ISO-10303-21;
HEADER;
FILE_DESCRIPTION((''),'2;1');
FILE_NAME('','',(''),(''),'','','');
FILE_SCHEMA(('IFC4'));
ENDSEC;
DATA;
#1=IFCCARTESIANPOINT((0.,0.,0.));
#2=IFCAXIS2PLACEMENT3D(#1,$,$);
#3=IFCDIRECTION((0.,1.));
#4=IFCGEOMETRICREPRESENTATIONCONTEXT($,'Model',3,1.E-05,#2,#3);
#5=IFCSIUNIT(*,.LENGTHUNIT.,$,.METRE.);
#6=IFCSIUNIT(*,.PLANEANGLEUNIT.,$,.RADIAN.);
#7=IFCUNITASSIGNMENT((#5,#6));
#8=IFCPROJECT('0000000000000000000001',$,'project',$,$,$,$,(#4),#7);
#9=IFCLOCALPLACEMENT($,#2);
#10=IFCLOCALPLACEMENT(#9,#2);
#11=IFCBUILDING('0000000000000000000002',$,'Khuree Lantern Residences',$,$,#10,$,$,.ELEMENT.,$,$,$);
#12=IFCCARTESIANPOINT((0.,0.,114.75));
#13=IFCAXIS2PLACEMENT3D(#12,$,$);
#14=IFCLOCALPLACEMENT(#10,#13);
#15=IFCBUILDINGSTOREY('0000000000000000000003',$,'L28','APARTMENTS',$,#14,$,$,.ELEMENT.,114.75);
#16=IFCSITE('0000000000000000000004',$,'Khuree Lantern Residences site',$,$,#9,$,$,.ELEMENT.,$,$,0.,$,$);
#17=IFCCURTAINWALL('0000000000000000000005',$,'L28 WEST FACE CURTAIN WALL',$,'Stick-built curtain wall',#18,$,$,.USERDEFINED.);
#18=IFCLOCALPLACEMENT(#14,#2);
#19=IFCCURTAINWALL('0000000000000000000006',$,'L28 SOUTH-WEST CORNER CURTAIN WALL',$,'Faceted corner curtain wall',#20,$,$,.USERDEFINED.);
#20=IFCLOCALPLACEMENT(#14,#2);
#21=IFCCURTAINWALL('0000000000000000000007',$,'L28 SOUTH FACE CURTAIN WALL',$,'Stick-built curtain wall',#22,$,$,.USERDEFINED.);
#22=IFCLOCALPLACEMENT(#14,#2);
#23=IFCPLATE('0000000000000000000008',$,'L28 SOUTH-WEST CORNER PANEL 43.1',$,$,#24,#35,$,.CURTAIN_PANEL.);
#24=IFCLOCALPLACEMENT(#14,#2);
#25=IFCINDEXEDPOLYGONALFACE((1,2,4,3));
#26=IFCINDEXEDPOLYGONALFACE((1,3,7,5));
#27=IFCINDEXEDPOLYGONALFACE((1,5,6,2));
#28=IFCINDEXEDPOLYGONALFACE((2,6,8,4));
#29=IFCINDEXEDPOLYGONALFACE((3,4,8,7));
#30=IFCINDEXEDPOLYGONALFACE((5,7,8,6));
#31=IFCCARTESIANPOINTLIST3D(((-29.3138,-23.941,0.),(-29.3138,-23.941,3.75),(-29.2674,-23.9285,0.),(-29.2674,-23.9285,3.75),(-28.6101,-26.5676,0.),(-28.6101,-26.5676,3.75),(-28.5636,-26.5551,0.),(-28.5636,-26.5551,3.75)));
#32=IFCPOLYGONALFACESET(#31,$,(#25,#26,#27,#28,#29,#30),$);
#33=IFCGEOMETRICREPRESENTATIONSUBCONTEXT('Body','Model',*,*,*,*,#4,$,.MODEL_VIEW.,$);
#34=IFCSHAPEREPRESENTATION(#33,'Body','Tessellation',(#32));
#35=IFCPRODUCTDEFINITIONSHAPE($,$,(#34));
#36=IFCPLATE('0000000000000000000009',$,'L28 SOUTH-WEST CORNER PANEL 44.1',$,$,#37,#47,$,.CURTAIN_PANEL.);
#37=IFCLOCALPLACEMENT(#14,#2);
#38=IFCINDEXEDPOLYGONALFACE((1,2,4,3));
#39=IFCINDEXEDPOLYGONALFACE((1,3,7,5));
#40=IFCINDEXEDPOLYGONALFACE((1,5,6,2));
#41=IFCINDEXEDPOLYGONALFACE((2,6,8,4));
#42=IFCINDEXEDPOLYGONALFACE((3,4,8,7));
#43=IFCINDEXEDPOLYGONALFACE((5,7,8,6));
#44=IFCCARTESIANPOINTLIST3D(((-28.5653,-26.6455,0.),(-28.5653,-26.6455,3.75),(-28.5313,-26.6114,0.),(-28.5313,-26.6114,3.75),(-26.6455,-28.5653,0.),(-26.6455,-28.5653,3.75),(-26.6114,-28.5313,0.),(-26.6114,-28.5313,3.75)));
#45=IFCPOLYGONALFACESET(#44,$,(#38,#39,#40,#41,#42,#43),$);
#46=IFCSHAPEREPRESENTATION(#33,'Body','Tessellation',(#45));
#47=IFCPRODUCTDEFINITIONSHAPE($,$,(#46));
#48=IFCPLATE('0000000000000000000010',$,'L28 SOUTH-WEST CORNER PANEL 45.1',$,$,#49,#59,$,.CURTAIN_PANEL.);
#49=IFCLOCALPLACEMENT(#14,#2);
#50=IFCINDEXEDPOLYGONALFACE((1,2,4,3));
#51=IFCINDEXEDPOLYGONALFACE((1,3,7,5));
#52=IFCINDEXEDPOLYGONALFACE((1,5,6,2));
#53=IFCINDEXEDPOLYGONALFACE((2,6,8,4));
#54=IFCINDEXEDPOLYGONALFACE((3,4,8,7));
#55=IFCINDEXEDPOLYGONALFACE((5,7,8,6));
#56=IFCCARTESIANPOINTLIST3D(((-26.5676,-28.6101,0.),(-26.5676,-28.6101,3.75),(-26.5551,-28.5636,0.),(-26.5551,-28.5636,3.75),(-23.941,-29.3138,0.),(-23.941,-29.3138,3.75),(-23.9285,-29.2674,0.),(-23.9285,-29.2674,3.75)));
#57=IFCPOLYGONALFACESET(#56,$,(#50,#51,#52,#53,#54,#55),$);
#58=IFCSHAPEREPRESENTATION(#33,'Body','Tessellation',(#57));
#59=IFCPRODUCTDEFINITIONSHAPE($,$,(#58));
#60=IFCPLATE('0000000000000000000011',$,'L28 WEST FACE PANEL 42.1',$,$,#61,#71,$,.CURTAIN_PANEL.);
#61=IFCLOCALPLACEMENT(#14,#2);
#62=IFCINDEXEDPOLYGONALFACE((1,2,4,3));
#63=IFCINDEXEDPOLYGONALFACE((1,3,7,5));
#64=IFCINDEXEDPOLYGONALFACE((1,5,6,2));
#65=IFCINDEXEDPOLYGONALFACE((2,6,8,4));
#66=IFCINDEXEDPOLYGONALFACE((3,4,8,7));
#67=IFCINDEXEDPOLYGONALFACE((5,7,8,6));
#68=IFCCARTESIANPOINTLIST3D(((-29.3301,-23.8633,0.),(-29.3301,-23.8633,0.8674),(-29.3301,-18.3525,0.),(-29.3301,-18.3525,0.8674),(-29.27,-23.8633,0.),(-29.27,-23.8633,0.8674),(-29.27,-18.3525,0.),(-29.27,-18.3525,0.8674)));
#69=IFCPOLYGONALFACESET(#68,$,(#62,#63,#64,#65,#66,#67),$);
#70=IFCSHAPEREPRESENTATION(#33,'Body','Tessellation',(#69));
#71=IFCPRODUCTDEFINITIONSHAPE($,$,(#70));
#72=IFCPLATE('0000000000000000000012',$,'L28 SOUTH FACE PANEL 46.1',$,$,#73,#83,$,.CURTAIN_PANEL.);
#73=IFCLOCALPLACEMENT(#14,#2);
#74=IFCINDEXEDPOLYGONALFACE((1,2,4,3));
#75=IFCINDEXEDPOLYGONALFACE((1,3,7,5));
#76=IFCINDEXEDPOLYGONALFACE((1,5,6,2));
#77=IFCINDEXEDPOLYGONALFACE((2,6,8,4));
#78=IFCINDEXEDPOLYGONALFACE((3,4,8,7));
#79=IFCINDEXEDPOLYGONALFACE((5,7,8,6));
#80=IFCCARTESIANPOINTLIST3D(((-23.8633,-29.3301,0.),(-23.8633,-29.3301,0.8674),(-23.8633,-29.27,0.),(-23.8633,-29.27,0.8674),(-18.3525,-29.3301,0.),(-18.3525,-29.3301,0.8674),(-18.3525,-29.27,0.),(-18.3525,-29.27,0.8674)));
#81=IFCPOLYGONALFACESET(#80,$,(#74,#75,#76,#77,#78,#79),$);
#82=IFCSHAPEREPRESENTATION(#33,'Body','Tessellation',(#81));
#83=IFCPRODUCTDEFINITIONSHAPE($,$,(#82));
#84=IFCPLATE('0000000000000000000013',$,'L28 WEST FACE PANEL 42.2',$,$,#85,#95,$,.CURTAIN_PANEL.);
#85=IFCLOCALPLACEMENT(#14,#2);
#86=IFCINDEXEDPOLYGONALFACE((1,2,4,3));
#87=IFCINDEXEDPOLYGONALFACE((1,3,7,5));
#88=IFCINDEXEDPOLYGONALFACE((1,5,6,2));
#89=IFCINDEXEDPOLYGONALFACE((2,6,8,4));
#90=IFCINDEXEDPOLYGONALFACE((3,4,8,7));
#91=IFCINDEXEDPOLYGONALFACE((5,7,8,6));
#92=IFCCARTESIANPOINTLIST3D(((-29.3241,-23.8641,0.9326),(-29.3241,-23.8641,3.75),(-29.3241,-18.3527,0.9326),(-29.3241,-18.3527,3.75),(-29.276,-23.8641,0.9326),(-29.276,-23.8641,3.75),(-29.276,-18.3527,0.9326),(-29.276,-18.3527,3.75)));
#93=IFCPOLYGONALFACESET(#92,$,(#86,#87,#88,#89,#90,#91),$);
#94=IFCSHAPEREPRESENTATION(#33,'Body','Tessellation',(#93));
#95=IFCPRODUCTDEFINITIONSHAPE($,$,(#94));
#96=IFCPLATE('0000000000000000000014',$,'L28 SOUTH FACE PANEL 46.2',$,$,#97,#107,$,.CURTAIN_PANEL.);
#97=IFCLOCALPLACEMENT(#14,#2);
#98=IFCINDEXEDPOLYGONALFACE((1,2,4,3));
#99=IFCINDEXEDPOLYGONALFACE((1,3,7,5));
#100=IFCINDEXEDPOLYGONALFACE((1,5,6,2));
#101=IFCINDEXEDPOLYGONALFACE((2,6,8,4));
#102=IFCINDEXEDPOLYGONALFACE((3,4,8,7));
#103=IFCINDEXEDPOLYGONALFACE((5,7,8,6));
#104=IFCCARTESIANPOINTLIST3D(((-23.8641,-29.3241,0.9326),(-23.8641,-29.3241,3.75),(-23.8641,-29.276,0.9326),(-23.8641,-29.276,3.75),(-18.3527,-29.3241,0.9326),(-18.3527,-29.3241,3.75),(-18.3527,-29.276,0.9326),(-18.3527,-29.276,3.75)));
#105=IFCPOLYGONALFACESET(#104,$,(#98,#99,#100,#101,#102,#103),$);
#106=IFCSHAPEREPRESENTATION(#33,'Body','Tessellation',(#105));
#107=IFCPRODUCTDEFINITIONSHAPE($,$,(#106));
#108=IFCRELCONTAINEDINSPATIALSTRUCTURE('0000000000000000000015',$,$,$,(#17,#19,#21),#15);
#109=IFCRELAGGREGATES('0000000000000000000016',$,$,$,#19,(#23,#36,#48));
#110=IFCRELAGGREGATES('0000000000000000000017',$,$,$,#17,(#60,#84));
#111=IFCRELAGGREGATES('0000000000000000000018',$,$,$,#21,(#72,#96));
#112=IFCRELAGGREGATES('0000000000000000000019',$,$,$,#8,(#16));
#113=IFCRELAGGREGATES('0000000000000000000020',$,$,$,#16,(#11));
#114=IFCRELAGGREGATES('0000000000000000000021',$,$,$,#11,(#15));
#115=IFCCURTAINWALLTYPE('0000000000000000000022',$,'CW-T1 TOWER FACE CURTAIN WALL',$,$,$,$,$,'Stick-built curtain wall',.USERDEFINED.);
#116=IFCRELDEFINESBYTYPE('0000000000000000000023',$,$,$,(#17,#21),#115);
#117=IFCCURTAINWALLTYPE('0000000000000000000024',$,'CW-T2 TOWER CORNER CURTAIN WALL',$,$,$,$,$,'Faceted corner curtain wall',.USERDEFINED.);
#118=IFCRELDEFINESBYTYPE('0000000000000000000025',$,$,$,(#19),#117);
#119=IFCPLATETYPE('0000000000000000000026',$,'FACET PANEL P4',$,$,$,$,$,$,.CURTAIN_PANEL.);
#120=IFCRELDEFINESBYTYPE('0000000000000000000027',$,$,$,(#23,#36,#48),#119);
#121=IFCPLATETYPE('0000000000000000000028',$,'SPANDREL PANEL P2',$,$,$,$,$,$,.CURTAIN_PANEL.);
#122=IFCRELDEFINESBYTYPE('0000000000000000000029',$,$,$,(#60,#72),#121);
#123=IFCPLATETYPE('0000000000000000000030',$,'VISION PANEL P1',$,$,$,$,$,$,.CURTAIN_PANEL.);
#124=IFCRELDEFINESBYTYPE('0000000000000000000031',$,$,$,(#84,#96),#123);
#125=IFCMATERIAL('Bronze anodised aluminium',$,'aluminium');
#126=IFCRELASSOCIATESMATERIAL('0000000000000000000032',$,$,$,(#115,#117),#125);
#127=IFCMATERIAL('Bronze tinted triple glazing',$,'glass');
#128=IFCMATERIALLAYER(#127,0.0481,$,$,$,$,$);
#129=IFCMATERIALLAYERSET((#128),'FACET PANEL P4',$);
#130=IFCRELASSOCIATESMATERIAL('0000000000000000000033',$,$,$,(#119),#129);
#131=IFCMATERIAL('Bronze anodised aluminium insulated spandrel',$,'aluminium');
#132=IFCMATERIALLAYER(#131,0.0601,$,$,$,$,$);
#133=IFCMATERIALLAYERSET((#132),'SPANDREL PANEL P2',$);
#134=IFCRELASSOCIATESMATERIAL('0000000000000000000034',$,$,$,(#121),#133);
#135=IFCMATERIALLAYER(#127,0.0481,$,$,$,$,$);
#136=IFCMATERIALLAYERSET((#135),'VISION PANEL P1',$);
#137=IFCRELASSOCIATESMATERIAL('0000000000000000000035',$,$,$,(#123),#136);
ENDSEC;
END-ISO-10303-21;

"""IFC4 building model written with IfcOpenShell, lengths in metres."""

from ifc_helpers import new_model, si_unit, direction, frame, origin, origin_2d, place, context, subcontext, project, spatial, rectangle, extrude, material, layer, layer_set, type_object, element, aggregate, save


model = new_model("IFC4")

# Units and contexts
model_context = context("Model", 3, precision=1e-05, world=origin(), true_north=direction((0.0, 1.0)))
body_context = subcontext(model_context, "Body", "Model", "MODEL_VIEW")
ifc_project = project(units=[si_unit("LENGTHUNIT", "METRE"), si_unit("PLANEANGLEUNIT", "RADIAN")], contexts=[model_context])

# Site, building, storey
site_placement = place(None, origin())
site = spatial("IfcSite", under=ifc_project, at=site_placement, Name="Khuree Lantern Residences site", CompositionType="ELEMENT", RefElevation=0.0)
building_placement = place(site_placement, origin())
building = spatial("IfcBuilding", under=site, at=building_placement, Name="Khuree Lantern Residences", CompositionType="ELEMENT")
storey_placement = place(building_placement, frame((0.0, 0.0, 114.75)))
storey = spatial("IfcBuildingStorey", under=building, at=storey_placement, Name="L28", Description="APARTMENTS", CompositionType="ELEMENT", Elevation=114.75)

# Curtain walls
ifc_material_1 = material(Name="Bronze anodised aluminium", Category="aluminium")
curtain_wall_type_1 = type_object("IfcCurtainWallType", Name="CW-T1 TOWER FACE CURTAIN WALL", ElementType="Stick-built curtain wall", PredefinedType="USERDEFINED", material=ifc_material_1)
curtain_wall_1_placement = place(storey_placement, origin())
curtain_wall_1 = element("IfcCurtainWall", 1, at=curtain_wall_1_placement, inside=storey, type_object=curtain_wall_type_1, Name="L28 WEST FACE CURTAIN WALL", ObjectType="Stick-built curtain wall", PredefinedType="USERDEFINED")
curtain_wall_type_2 = type_object("IfcCurtainWallType", Name="CW-T2 TOWER CORNER CURTAIN WALL", ElementType="Faceted corner curtain wall", PredefinedType="USERDEFINED", material=ifc_material_1)
curtain_wall_2_placement = place(storey_placement, origin())
curtain_wall_2 = element("IfcCurtainWall", 2, at=curtain_wall_2_placement, inside=storey, type_object=curtain_wall_type_2, Name="L28 SOUTH-WEST CORNER CURTAIN WALL", ObjectType="Faceted corner curtain wall", PredefinedType="USERDEFINED")

# Curtain wall
curtain_wall_3_placement = place(storey_placement, origin())
curtain_wall_3 = element("IfcCurtainWall", 3, at=curtain_wall_3_placement, inside=storey, type_object=curtain_wall_type_1, Name="L28 SOUTH FACE CURTAIN WALL", ObjectType="Stick-built curtain wall", PredefinedType="USERDEFINED")

# Plates
ifc_material_2 = material(Name="Bronze tinted triple glazing", Category="glass")
ifc_layer_1 = layer(ifc_material_2, 0.0481)
ifc_layer_set_1 = layer_set([ifc_layer_1], Name="FACET PANEL P4")
plate_type_1 = type_object("IfcPlateType", Name="FACET PANEL P4", PredefinedType="CURTAIN_PANEL", material=ifc_layer_set_1)
plate_1_placement = place(storey_placement, frame((-28.9387, -25.248, 0.0), z_axis=(0.0, 0.0, 1.0), x_axis=(0.258819, -0.965926, 0.0)))
plate_1 = element("IfcPlate", 4, at=plate_1_placement, type_object=plate_type_1, Name="L28 SOUTH-WEST CORNER PANEL 43.1", PredefinedType="CURTAIN_PANEL", context=body_context, shape_type="SweptSolid", body=[
    extrude(rectangle(XDim=2.7192, YDim=0.0481, at=origin_2d()), origin(), (0.0, 0.0, 1.0), 3.75),
])
plate_2_placement = place(storey_placement, frame((-27.5884, -27.5884, 0.0), z_axis=(0.0, 0.0, 1.0), x_axis=(0.707107, -0.707107, 0.0)))
plate_2 = element("IfcPlate", 5, at=plate_2_placement, type_object=plate_type_1, Name="L28 SOUTH-WEST CORNER PANEL 44.1", PredefinedType="CURTAIN_PANEL", context=body_context, shape_type="SweptSolid", body=[
    extrude(rectangle(XDim=2.7151, YDim=0.0481, at=origin_2d()), origin(), (0.0, 0.0, 1.0), 3.75),
])
plate_3_placement = place(storey_placement, frame((-25.248, -28.9387, 0.0), z_axis=(0.0, 0.0, 1.0), x_axis=(0.965926, -0.258819, 0.0)))
plate_3 = element("IfcPlate", 6, at=plate_3_placement, type_object=plate_type_1, Name="L28 SOUTH-WEST CORNER PANEL 45.1", PredefinedType="CURTAIN_PANEL", context=body_context, shape_type="SweptSolid", body=[
    extrude(rectangle(XDim=2.7192, YDim=0.0481, at=origin_2d()), origin(), (0.0, 0.0, 1.0), 3.75),
])
aggregate(curtain_wall_2, [plate_1, plate_2, plate_3])
ifc_material_3 = material(Name="Bronze anodised aluminium insulated spandrel", Category="aluminium")
ifc_layer_2 = layer(ifc_material_3, 0.0601)
ifc_layer_set_2 = layer_set([ifc_layer_2], Name="SPANDREL PANEL P2")
plate_type_2 = type_object("IfcPlateType", Name="SPANDREL PANEL P2", PredefinedType="CURTAIN_PANEL", material=ifc_layer_set_2)
plate_4_placement = place(storey_placement, frame((-29.3, -21.1079, 0.0), z_axis=(0.0, 0.0, 1.0), x_axis=(0.0, -1.0, 0.0)))
plate_4 = element("IfcPlate", 7, at=plate_4_placement, type_object=plate_type_2, Name="L28 WEST FACE PANEL 42.1", PredefinedType="CURTAIN_PANEL", context=body_context, shape_type="SweptSolid", body=[
    extrude(rectangle(XDim=5.5107, YDim=0.0601, at=origin_2d()), origin(), (0.0, 0.0, 1.0), 0.8674),
])
plate_5_placement = place(storey_placement, frame((-21.1079, -29.3, 0.0), z_axis=(0.0, 0.0, 1.0), x_axis=(1.0, 0.0, 0.0)))
plate_5 = element("IfcPlate", 8, at=plate_5_placement, type_object=plate_type_2, Name="L28 SOUTH FACE PANEL 46.1", PredefinedType="CURTAIN_PANEL", context=body_context, shape_type="SweptSolid", body=[
    extrude(rectangle(XDim=5.5107, YDim=0.0601, at=origin_2d()), origin(), (0.0, 0.0, 1.0), 0.8674),
])
ifc_layer_3 = layer(ifc_material_2, 0.0481)
ifc_layer_set_3 = layer_set([ifc_layer_3], Name="VISION PANEL P1")
plate_type_3 = type_object("IfcPlateType", Name="VISION PANEL P1", PredefinedType="CURTAIN_PANEL", material=ifc_layer_set_3)
plate_6_placement = place(storey_placement, frame((-29.3, -21.1084, 0.9326), z_axis=(0.0, 0.0, 1.0), x_axis=(0.0, -1.0, 0.0)))
plate_6 = element("IfcPlate", 9, at=plate_6_placement, type_object=plate_type_3, Name="L28 WEST FACE PANEL 42.2", PredefinedType="CURTAIN_PANEL", context=body_context, shape_type="SweptSolid", body=[
    extrude(rectangle(XDim=5.5115, YDim=0.0481, at=origin_2d()), origin(), (0.0, 0.0, 1.0), 2.8174),
])
aggregate(curtain_wall_1, [plate_4, plate_6])
plate_7_placement = place(storey_placement, frame((-21.1084, -29.3, 0.9326), z_axis=(0.0, 0.0, 1.0), x_axis=(1.0, 0.0, 0.0)))
plate_7 = element("IfcPlate", 10, at=plate_7_placement, type_object=plate_type_3, Name="L28 SOUTH FACE PANEL 46.2", PredefinedType="CURTAIN_PANEL", context=body_context, shape_type="SweptSolid", body=[
    extrude(rectangle(XDim=5.5115, YDim=0.0481, at=origin_2d()), origin(), (0.0, 0.0, 1.0), 2.8174),
])
aggregate(curtain_wall_3, [plate_5, plate_7])

save(model, "model.ifc")
